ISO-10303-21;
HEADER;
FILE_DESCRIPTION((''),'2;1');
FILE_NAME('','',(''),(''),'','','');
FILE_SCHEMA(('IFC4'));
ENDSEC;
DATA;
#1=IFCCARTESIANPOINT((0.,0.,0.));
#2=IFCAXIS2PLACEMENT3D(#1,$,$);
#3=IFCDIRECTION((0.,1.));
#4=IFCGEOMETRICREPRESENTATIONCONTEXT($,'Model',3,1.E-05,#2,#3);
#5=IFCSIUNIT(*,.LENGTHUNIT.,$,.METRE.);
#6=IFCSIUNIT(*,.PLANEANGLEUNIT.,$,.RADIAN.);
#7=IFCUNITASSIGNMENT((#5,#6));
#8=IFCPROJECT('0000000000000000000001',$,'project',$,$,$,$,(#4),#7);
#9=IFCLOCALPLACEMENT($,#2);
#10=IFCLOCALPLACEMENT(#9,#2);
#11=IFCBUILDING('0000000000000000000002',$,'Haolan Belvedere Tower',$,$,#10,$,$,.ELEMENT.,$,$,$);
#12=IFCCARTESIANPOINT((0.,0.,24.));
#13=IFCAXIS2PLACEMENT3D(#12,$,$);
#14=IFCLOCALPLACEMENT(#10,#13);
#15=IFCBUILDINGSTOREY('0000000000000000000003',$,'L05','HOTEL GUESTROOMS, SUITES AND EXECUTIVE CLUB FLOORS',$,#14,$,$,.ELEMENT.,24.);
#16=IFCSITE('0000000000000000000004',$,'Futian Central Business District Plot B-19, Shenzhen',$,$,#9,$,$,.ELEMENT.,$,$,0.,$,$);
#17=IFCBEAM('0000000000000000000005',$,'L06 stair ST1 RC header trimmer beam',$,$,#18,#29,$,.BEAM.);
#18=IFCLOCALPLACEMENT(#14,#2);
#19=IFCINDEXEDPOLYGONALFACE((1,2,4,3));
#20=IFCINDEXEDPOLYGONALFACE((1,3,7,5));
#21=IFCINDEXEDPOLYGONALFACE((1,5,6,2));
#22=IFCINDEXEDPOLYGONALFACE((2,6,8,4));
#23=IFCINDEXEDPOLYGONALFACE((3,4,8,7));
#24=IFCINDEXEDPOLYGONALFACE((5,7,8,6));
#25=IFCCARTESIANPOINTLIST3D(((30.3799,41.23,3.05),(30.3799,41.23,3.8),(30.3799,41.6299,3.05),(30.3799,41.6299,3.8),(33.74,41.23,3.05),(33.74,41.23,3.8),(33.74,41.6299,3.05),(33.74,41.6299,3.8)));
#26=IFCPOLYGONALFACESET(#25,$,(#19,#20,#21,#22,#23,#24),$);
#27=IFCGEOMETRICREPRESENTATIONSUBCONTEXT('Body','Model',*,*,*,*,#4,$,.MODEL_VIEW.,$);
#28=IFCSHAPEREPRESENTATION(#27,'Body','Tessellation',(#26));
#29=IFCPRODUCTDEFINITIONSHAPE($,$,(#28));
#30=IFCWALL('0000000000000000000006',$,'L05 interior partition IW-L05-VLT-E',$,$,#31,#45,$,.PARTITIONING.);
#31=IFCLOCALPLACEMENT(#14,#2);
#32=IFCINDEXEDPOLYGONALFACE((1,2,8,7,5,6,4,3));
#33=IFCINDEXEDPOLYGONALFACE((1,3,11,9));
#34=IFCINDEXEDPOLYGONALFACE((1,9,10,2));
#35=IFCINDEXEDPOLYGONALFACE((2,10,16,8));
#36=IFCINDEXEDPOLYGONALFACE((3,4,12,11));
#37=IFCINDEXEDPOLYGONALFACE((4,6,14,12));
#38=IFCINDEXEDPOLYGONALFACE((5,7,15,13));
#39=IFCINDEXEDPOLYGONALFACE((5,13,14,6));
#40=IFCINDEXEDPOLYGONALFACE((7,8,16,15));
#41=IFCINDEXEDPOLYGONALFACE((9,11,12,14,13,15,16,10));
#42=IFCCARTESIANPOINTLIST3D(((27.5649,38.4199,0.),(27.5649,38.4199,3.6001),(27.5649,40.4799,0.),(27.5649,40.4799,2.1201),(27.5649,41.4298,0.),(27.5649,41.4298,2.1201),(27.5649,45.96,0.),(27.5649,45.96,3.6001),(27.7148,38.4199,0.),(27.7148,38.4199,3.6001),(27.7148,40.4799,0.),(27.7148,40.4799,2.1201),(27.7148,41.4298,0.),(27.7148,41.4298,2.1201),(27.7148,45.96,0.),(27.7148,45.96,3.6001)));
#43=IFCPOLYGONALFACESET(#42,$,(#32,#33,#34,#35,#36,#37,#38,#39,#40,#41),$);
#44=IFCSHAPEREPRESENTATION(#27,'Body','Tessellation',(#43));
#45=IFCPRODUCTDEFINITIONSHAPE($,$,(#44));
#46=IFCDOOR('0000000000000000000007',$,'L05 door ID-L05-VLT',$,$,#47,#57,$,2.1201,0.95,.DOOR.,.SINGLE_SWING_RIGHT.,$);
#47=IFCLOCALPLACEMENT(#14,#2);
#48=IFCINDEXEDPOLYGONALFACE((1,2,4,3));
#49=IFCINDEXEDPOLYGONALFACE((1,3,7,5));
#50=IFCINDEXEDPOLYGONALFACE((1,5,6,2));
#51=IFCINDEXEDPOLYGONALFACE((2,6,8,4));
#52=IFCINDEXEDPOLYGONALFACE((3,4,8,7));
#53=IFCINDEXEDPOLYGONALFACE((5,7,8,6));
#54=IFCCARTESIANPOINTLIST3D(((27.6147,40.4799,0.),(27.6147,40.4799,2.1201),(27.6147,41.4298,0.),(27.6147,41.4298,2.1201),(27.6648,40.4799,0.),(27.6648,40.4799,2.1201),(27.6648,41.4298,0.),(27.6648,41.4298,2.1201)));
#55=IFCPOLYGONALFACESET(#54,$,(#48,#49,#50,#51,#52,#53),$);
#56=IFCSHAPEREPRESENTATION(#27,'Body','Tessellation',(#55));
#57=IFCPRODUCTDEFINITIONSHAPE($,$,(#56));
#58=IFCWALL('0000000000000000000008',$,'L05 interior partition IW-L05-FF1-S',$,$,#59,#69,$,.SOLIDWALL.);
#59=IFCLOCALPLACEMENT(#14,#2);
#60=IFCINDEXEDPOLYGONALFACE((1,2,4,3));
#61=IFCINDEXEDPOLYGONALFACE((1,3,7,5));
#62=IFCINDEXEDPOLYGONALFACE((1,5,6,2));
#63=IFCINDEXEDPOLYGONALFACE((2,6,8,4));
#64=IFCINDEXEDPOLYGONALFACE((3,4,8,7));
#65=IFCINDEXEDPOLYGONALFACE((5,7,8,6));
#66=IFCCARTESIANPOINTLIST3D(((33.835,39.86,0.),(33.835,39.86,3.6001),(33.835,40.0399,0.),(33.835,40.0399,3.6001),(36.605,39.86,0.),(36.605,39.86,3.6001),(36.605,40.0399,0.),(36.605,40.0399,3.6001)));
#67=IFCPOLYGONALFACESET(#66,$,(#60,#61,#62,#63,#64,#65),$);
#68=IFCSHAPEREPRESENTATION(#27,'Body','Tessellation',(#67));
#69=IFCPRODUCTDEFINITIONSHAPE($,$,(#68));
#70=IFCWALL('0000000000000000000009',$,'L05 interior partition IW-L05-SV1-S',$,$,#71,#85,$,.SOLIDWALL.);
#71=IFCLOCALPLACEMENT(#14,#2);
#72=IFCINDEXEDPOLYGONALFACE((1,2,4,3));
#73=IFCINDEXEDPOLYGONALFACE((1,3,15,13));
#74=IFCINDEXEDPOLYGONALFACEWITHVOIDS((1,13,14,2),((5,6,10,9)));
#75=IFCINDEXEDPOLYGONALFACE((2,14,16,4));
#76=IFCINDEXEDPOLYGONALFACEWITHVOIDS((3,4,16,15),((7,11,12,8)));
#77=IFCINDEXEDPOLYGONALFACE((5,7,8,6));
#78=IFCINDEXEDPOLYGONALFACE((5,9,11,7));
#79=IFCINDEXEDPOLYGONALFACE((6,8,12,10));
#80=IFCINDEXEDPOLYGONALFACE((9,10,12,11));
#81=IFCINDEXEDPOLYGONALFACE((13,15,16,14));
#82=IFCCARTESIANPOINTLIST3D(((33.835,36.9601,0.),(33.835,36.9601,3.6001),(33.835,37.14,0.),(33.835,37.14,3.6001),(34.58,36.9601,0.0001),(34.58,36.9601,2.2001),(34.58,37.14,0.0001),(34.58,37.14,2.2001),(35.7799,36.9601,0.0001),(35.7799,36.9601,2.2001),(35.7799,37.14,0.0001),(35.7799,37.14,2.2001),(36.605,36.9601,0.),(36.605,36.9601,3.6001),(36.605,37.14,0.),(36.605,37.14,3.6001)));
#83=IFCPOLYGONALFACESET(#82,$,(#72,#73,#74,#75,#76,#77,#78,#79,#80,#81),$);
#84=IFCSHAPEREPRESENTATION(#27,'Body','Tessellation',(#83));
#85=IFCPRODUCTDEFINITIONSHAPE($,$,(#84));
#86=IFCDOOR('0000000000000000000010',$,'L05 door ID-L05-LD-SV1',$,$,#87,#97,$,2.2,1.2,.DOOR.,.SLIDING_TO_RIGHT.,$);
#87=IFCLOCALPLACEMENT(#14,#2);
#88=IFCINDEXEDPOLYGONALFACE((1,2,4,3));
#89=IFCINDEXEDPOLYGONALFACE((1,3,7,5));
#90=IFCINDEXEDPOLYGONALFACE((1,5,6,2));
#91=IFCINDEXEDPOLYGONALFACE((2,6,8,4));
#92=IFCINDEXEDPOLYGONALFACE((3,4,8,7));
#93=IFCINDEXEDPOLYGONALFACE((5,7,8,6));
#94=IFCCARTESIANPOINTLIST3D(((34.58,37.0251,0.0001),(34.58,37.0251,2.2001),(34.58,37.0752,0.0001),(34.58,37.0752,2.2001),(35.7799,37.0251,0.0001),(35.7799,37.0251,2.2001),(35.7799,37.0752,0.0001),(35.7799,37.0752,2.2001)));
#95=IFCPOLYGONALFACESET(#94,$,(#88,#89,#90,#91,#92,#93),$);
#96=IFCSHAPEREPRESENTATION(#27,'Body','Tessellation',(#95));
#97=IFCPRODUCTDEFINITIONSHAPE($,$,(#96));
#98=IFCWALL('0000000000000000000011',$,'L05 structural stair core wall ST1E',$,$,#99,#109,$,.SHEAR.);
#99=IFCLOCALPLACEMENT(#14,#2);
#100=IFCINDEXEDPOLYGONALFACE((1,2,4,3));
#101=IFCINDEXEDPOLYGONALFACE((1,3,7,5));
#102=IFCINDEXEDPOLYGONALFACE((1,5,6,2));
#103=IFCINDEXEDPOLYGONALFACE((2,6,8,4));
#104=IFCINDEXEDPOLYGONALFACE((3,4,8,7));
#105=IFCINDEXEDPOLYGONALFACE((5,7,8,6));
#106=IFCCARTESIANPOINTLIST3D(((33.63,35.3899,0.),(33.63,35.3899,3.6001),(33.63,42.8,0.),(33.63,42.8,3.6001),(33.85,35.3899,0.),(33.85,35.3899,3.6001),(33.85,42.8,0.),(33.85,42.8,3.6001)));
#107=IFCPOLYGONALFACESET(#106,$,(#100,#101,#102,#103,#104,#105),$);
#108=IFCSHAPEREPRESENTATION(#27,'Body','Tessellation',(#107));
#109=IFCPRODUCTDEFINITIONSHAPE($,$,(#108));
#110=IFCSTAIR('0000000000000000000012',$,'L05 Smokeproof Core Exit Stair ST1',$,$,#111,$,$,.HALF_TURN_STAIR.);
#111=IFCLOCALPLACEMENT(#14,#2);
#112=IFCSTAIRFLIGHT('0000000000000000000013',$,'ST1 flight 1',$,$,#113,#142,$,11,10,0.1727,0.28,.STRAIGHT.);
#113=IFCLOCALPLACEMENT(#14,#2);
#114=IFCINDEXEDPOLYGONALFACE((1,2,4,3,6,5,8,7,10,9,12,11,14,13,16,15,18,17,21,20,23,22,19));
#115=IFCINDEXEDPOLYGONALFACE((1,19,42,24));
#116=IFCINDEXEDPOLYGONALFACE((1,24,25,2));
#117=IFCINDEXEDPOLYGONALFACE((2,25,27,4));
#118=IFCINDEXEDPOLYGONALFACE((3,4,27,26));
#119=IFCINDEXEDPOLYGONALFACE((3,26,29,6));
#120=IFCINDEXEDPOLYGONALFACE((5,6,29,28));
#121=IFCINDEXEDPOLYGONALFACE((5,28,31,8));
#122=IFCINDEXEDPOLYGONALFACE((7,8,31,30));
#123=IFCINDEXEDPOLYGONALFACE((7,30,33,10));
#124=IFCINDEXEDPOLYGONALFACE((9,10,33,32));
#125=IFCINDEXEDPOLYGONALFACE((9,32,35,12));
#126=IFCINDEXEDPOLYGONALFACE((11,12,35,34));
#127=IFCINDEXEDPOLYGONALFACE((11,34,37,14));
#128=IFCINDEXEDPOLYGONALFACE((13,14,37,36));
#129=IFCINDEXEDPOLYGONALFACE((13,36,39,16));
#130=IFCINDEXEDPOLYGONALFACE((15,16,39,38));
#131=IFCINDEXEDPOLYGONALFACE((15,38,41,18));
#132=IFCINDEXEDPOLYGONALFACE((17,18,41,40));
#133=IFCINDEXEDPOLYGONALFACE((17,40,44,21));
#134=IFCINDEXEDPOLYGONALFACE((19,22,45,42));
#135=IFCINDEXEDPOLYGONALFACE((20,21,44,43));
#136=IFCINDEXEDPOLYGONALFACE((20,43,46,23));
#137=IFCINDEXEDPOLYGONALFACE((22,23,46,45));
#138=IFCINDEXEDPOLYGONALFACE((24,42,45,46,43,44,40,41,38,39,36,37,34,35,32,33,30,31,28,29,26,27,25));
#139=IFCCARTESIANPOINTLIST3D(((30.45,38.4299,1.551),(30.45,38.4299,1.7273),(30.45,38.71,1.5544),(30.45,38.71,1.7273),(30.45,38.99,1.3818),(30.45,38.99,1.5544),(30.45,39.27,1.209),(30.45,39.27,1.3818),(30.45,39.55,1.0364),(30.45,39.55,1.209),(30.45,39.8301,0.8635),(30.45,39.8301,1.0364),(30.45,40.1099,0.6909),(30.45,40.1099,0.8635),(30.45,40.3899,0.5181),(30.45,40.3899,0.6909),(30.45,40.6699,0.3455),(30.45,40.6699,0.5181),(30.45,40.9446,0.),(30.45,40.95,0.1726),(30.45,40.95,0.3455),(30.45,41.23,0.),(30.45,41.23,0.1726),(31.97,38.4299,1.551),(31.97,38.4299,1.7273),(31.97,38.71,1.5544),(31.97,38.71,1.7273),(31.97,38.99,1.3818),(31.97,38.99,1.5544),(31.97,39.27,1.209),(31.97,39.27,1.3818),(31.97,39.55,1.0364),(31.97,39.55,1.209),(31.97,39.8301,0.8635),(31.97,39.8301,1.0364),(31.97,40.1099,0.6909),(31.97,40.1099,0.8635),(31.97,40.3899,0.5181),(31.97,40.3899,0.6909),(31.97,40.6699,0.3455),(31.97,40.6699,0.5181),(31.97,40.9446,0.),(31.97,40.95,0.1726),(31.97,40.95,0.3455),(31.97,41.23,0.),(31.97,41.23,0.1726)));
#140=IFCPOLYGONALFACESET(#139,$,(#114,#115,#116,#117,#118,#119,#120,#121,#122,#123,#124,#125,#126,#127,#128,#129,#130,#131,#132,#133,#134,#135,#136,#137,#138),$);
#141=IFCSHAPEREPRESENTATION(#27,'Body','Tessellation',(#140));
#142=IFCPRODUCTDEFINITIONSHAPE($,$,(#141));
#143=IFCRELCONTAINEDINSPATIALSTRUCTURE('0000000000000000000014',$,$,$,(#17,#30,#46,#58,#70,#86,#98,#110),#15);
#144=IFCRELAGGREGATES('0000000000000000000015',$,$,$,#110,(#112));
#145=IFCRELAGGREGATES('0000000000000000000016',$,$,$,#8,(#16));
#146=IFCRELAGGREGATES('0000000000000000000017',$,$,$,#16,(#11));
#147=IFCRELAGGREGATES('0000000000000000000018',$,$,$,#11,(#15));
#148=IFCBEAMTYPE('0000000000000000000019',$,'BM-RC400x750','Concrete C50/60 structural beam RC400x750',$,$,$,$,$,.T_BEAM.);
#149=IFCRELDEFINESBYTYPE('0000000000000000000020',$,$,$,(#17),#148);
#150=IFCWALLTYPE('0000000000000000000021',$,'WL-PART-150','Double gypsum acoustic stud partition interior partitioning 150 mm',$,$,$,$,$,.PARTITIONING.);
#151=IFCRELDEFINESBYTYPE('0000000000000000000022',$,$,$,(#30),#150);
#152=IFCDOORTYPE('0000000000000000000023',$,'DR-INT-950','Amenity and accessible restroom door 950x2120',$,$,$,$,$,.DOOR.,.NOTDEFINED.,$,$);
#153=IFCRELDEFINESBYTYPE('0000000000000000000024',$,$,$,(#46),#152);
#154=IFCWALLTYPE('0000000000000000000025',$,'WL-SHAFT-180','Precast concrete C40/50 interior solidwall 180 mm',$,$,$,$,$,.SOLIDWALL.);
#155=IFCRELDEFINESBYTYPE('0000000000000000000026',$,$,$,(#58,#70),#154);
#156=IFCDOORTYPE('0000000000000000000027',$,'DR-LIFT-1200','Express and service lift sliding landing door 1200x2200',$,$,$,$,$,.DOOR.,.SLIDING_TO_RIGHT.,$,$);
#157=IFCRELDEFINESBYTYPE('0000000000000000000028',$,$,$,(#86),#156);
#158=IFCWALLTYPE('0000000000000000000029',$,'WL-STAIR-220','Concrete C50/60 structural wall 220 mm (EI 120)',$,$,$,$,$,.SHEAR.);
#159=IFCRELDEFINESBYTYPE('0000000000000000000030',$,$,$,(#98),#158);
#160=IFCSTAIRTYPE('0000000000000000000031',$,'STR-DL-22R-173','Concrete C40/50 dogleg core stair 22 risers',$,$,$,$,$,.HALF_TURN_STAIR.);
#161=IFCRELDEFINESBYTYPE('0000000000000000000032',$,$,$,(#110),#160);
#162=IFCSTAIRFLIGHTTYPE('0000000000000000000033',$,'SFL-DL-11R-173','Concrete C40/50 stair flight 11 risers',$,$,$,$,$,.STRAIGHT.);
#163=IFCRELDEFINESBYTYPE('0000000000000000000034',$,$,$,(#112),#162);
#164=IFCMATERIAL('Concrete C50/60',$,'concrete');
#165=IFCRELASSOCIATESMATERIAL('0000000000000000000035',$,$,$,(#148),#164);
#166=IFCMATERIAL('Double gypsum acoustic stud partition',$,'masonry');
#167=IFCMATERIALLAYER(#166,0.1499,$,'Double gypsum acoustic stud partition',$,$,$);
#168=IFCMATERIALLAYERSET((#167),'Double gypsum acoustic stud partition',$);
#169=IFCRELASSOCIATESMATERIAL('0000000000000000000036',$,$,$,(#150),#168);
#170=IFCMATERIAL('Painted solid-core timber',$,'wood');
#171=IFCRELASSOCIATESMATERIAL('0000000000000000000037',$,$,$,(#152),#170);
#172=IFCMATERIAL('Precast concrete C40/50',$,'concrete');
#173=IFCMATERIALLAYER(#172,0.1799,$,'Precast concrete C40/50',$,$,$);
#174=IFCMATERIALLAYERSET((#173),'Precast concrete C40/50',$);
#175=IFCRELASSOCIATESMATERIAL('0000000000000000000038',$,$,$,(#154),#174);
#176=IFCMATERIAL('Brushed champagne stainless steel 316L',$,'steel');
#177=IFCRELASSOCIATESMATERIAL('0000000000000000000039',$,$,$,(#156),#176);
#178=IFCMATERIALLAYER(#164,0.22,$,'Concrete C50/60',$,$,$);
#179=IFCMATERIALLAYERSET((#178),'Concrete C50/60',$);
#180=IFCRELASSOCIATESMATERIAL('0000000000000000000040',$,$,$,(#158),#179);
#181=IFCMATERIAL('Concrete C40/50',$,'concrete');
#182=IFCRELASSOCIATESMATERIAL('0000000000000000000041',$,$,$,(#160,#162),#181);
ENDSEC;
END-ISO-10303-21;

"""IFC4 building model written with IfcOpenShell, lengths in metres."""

from ifc_helpers import new_model, si_unit, direction, frame, frame_2d, origin, origin_2d, place, context, subcontext, project, spatial, polyline, rectangle, outline, extrude, material, layer, layer_set, material_profile, profile_set, type_object, element, fill, aggregate, save


model = new_model("IFC4")

# Units and contexts
model_context = context("Model", 3, precision=1e-05, world=origin(), true_north=direction((0.0, 1.0)))
body_context = subcontext(model_context, "Body", "Model", "MODEL_VIEW")
ifc_project = project(units=[si_unit("LENGTHUNIT", "METRE"), si_unit("PLANEANGLEUNIT", "RADIAN")], contexts=[model_context])

# Site, building, storey
site_placement = place(None, origin())
site = spatial("IfcSite", under=ifc_project, at=site_placement, Name="Futian Central Business District Plot B-19, Shenzhen", CompositionType="ELEMENT", RefElevation=0.0)
building_placement = place(site_placement, origin())
building = spatial("IfcBuilding", under=site, at=building_placement, Name="Haolan Belvedere Tower", CompositionType="ELEMENT")
storey_placement = place(building_placement, frame((0.0, 0.0, 24.0)))
storey = spatial("IfcBuildingStorey", under=building, at=storey_placement, Name="L05", Description="HOTEL GUESTROOMS, SUITES AND EXECUTIVE CLUB FLOORS", CompositionType="ELEMENT", Elevation=24.0)

# Beam
ifc_material_1 = material(Name="Concrete C50/60", Category="concrete")
ifc_material_profile = material_profile(ifc_material_1, rectangle(XDim=0.3999, YDim=0.75, at=origin_2d()), Name="Concrete C50/60")
ifc_profile_set = profile_set([ifc_material_profile], Name="Concrete C50/60")
beam_type = type_object("IfcBeamType", Name="BM-RC400x750", Description="Concrete C50/60 structural beam RC400x750", PredefinedType="T_BEAM", material=ifc_profile_set)
beam_placement = place(storey_placement, frame((30.3799, 41.4299, 3.425), z_axis=(1.0, 0.0, 0.0), x_axis=(0.0, 1.0, 0.0)))
element("IfcBeam", 1, at=beam_placement, inside=storey, type_object=beam_type, Name="L06 stair ST1 RC header trimmer beam", PredefinedType="BEAM", context=body_context, shape_type="SweptSolid", body=[
    extrude(rectangle(XDim=0.3999, YDim=0.75, at=origin_2d()), origin(), (0.0, 0.0, 1.0), 3.3601),
])

# Wall, opening, door
ifc_material_2 = material(Name="Double gypsum acoustic stud partition", Category="masonry")
ifc_layer_1 = layer(ifc_material_2, 0.1499, Name="Double gypsum acoustic stud partition")
ifc_layer_set_1 = layer_set([ifc_layer_1], Name="Double gypsum acoustic stud partition")
wall_type_1 = type_object("IfcWallType", Name="WL-PART-150", Description="Double gypsum acoustic stud partition interior partitioning 150 mm", PredefinedType="PARTITIONING", material=ifc_layer_set_1)
wall_1_placement = place(storey_placement, frame((27.6399, 38.4199, 0.0), z_axis=(0.0, 0.0, 1.0), x_axis=(0.0, 1.0, 0.0)))
wall_1 = element("IfcWall", 2, at=wall_1_placement, inside=storey, type_object=wall_type_1, Name="L05 interior partition IW-L05-VLT-E", PredefinedType="PARTITIONING", context=body_context, shape_type="SweptSolid", body=[
    extrude(rectangle(XDim=7.54, YDim=0.1499, at=frame_2d((3.77, 0.0))), origin(), (0.0, 0.0, 1.0), 3.6001),
])
opening_1_placement = place(wall_1_placement, frame((3.01, 0.0, 0.0), z_axis=(0.0, 0.0, 1.0), x_axis=(-1.0, 0.0, 0.0)))
opening_1 = element("IfcOpeningElement", 3, at=opening_1_placement, cuts=wall_1, PredefinedType="OPENING", context=body_context, shape_type="SweptSolid", body=[
    extrude(rectangle(XDim=0.95, YDim=2.1201, at=frame_2d((0.4751, 1.0601))), frame((0.0, 0.085, 0.0), z_axis=(0.0, -1.0, 0.0), x_axis=(1.0, 0.0, 0.0)), (0.0, 0.0, 1.0), 0.1699),
])
ifc_material_3 = material(Name="Painted solid-core timber", Category="wood")
door_type_1 = type_object("IfcDoorType", Name="DR-INT-950", Description="Amenity and accessible restroom door 950x2120", OperationType="NOTDEFINED", PredefinedType="DOOR", material=ifc_material_3)
door_1_placement = place(opening_1_placement, origin())
door_1 = element("IfcDoor", 4, at=door_1_placement, inside=storey, type_object=door_type_1, Name="L05 door ID-L05-VLT", OperationType="SINGLE_SWING_RIGHT", OverallHeight=2.1201, OverallWidth=0.95, PredefinedType="DOOR", context=body_context, shape_type="SweptSolid", body=[
    extrude(rectangle(XDim=0.95, YDim=2.1201, at=frame_2d((0.4751, 1.0601))), frame((0.0, 0.0249, 0.0), z_axis=(0.0, -1.0, 0.0), x_axis=(1.0, 0.0, 0.0)), (0.0, 0.0, 1.0), 0.05),
])
fill(opening_1, door_1)

# Wall
ifc_material_4 = material(Name="Precast concrete C40/50", Category="concrete")
ifc_layer_2 = layer(ifc_material_4, 0.1799, Name="Precast concrete C40/50")
ifc_layer_set_2 = layer_set([ifc_layer_2], Name="Precast concrete C40/50")
wall_type_2 = type_object("IfcWallType", Name="WL-SHAFT-180", Description="Precast concrete C40/50 interior solidwall 180 mm", PredefinedType="SOLIDWALL", material=ifc_layer_set_2)
wall_2_placement = place(storey_placement, frame((33.835, 39.95, 0.0), z_axis=(0.0, 0.0, 1.0), x_axis=(1.0, 0.0, 0.0)))
element("IfcWall", 5, at=wall_2_placement, inside=storey, type_object=wall_type_2, Name="L05 interior partition IW-L05-FF1-S", PredefinedType="SOLIDWALL", context=body_context, shape_type="SweptSolid", body=[
    extrude(rectangle(XDim=2.77, YDim=0.1799, at=frame_2d((1.385, 0.0))), origin(), (0.0, 0.0, 1.0), 3.6001),
])

# Wall, opening, door
wall_3_placement = place(storey_placement, frame((33.835, 37.05, 0.0), z_axis=(0.0, 0.0, 1.0), x_axis=(1.0, 0.0, 0.0)))
wall_3 = element("IfcWall", 6, at=wall_3_placement, inside=storey, type_object=wall_type_2, Name="L05 interior partition IW-L05-SV1-S", PredefinedType="SOLIDWALL", context=body_context, shape_type="SweptSolid", body=[
    extrude(rectangle(XDim=2.77, YDim=0.1799, at=frame_2d((1.385, 0.0))), origin(), (0.0, 0.0, 1.0), 3.6001),
])
opening_2_placement = place(wall_3_placement, frame((1.9451, 0.0, 0.0), z_axis=(0.0, 0.0, 1.0), x_axis=(-1.0, 0.0, 0.0)))
opening_2 = element("IfcOpeningElement", 7, at=opening_2_placement, cuts=wall_3, PredefinedType="OPENING", context=body_context, shape_type="SweptSolid", body=[
    extrude(rectangle(XDim=1.2, YDim=2.2, at=frame_2d((0.6001, 1.1001))), frame((0.0, 0.0999, 0.0), z_axis=(0.0, -1.0, 0.0), x_axis=(1.0, 0.0, 0.0)), (0.0, 0.0, 1.0), 0.2),
])
ifc_material_5 = material(Name="Brushed champagne stainless steel 316L", Category="steel")
door_type_2 = type_object("IfcDoorType", Name="DR-LIFT-1200", Description="Express and service lift sliding landing door 1200x2200", OperationType="SLIDING_TO_RIGHT", PredefinedType="DOOR", material=ifc_material_5)
door_2_placement = place(opening_2_placement, origin())
door_2 = element("IfcDoor", 8, at=door_2_placement, inside=storey, type_object=door_type_2, Name="L05 door ID-L05-LD-SV1", OperationType="SLIDING_TO_RIGHT", OverallHeight=2.2, OverallWidth=1.2, PredefinedType="DOOR", context=body_context, shape_type="SweptSolid", body=[
    extrude(rectangle(XDim=1.2, YDim=2.2, at=frame_2d((0.6001, 1.1001))), frame((0.0, 0.0249, 0.0), z_axis=(0.0, -1.0, 0.0), x_axis=(1.0, 0.0, 0.0)), (0.0, 0.0, 1.0), 0.05),
])
fill(opening_2, door_2)

# Wall
ifc_layer_3 = layer(ifc_material_1, 0.22, Name="Concrete C50/60")
ifc_layer_set_3 = layer_set([ifc_layer_3], Name="Concrete C50/60")
wall_type_3 = type_object("IfcWallType", Name="WL-STAIR-220", Description="Concrete C50/60 structural wall 220 mm (EI 120)", PredefinedType="SHEAR", material=ifc_layer_set_3)
wall_4_placement = place(storey_placement, frame((33.74, 35.3899, 0.0), z_axis=(0.0, 0.0, 1.0), x_axis=(0.0, 1.0, 0.0)))
element("IfcWall", 9, at=wall_4_placement, inside=storey, type_object=wall_type_3, Name="L05 structural stair core wall ST1E", PredefinedType="SHEAR", context=body_context, shape_type="SweptSolid", body=[
    extrude(rectangle(XDim=7.4102, YDim=0.22, at=frame_2d((3.7051, 0.0))), origin(), (0.0, 0.0, 1.0), 3.6001),
])

# Stair, stair flight
ifc_material_6 = material(Name="Concrete C40/50", Category="concrete")
stair_type = type_object("IfcStairType", Name="STR-DL-22R-173", Description="Concrete C40/50 dogleg core stair 22 risers", PredefinedType="HALF_TURN_STAIR", material=ifc_material_6)
stair_placement = place(storey_placement, origin())
stair = element("IfcStair", 10, at=stair_placement, inside=storey, type_object=stair_type, Name="L05 Smokeproof Core Exit Stair ST1", PredefinedType="HALF_TURN_STAIR")
stair_flight_type = type_object("IfcStairFlightType", Name="SFL-DL-11R-173", Description="Concrete C40/50 stair flight 11 risers", PredefinedType="STRAIGHT", material=ifc_material_6)
stair_flight_1_placement = place(storey_placement, frame((31.21, 41.23, 0.0), z_axis=(0.0, 0.0, 1.0), x_axis=(0.0, -1.0, 0.0)))
stair_flight_1 = element("IfcStairFlight", 11, at=stair_flight_1_placement, type_object=stair_flight_type, Name="ST1 flight 1", NumberOfRisers=11, NumberOfTreads=10, PredefinedType="STRAIGHT", RiserHeight=0.1727, TreadLength=0.28, context=body_context, shape_type="SweptSolid", body=[
    extrude(outline(polyline([(0.0, 0.0), (0.0, 0.1726), (0.28, 0.1726), (0.28, 0.3455), (0.5601, 0.3455), (0.5601, 0.5181), (0.8401, 0.5181), (0.8401, 0.6909), (1.1201, 0.6909), (1.1201, 0.8635), (1.3999, 0.8635), (1.3999, 1.0364), (1.6799, 1.0364), (1.6799, 1.209), (1.96, 1.209), (1.96, 1.3818), (2.24, 1.3818), (2.24, 1.5544), (2.52, 1.5544), (2.52, 1.7273), (2.8, 1.7273), (2.8, 1.8999), (2.8, 1.551), (0.2854, 0.0), (0.0, 0.0)])), frame((0.0, 0.76, 0.0), z_axis=(0.0, -1.0, 0.0), x_axis=(1.0, 0.0, 0.0)), (0.0, 0.0, 1.0), 1.52),
])
aggregate(stair, [stair_flight_1])

save(model, "model.ifc")
